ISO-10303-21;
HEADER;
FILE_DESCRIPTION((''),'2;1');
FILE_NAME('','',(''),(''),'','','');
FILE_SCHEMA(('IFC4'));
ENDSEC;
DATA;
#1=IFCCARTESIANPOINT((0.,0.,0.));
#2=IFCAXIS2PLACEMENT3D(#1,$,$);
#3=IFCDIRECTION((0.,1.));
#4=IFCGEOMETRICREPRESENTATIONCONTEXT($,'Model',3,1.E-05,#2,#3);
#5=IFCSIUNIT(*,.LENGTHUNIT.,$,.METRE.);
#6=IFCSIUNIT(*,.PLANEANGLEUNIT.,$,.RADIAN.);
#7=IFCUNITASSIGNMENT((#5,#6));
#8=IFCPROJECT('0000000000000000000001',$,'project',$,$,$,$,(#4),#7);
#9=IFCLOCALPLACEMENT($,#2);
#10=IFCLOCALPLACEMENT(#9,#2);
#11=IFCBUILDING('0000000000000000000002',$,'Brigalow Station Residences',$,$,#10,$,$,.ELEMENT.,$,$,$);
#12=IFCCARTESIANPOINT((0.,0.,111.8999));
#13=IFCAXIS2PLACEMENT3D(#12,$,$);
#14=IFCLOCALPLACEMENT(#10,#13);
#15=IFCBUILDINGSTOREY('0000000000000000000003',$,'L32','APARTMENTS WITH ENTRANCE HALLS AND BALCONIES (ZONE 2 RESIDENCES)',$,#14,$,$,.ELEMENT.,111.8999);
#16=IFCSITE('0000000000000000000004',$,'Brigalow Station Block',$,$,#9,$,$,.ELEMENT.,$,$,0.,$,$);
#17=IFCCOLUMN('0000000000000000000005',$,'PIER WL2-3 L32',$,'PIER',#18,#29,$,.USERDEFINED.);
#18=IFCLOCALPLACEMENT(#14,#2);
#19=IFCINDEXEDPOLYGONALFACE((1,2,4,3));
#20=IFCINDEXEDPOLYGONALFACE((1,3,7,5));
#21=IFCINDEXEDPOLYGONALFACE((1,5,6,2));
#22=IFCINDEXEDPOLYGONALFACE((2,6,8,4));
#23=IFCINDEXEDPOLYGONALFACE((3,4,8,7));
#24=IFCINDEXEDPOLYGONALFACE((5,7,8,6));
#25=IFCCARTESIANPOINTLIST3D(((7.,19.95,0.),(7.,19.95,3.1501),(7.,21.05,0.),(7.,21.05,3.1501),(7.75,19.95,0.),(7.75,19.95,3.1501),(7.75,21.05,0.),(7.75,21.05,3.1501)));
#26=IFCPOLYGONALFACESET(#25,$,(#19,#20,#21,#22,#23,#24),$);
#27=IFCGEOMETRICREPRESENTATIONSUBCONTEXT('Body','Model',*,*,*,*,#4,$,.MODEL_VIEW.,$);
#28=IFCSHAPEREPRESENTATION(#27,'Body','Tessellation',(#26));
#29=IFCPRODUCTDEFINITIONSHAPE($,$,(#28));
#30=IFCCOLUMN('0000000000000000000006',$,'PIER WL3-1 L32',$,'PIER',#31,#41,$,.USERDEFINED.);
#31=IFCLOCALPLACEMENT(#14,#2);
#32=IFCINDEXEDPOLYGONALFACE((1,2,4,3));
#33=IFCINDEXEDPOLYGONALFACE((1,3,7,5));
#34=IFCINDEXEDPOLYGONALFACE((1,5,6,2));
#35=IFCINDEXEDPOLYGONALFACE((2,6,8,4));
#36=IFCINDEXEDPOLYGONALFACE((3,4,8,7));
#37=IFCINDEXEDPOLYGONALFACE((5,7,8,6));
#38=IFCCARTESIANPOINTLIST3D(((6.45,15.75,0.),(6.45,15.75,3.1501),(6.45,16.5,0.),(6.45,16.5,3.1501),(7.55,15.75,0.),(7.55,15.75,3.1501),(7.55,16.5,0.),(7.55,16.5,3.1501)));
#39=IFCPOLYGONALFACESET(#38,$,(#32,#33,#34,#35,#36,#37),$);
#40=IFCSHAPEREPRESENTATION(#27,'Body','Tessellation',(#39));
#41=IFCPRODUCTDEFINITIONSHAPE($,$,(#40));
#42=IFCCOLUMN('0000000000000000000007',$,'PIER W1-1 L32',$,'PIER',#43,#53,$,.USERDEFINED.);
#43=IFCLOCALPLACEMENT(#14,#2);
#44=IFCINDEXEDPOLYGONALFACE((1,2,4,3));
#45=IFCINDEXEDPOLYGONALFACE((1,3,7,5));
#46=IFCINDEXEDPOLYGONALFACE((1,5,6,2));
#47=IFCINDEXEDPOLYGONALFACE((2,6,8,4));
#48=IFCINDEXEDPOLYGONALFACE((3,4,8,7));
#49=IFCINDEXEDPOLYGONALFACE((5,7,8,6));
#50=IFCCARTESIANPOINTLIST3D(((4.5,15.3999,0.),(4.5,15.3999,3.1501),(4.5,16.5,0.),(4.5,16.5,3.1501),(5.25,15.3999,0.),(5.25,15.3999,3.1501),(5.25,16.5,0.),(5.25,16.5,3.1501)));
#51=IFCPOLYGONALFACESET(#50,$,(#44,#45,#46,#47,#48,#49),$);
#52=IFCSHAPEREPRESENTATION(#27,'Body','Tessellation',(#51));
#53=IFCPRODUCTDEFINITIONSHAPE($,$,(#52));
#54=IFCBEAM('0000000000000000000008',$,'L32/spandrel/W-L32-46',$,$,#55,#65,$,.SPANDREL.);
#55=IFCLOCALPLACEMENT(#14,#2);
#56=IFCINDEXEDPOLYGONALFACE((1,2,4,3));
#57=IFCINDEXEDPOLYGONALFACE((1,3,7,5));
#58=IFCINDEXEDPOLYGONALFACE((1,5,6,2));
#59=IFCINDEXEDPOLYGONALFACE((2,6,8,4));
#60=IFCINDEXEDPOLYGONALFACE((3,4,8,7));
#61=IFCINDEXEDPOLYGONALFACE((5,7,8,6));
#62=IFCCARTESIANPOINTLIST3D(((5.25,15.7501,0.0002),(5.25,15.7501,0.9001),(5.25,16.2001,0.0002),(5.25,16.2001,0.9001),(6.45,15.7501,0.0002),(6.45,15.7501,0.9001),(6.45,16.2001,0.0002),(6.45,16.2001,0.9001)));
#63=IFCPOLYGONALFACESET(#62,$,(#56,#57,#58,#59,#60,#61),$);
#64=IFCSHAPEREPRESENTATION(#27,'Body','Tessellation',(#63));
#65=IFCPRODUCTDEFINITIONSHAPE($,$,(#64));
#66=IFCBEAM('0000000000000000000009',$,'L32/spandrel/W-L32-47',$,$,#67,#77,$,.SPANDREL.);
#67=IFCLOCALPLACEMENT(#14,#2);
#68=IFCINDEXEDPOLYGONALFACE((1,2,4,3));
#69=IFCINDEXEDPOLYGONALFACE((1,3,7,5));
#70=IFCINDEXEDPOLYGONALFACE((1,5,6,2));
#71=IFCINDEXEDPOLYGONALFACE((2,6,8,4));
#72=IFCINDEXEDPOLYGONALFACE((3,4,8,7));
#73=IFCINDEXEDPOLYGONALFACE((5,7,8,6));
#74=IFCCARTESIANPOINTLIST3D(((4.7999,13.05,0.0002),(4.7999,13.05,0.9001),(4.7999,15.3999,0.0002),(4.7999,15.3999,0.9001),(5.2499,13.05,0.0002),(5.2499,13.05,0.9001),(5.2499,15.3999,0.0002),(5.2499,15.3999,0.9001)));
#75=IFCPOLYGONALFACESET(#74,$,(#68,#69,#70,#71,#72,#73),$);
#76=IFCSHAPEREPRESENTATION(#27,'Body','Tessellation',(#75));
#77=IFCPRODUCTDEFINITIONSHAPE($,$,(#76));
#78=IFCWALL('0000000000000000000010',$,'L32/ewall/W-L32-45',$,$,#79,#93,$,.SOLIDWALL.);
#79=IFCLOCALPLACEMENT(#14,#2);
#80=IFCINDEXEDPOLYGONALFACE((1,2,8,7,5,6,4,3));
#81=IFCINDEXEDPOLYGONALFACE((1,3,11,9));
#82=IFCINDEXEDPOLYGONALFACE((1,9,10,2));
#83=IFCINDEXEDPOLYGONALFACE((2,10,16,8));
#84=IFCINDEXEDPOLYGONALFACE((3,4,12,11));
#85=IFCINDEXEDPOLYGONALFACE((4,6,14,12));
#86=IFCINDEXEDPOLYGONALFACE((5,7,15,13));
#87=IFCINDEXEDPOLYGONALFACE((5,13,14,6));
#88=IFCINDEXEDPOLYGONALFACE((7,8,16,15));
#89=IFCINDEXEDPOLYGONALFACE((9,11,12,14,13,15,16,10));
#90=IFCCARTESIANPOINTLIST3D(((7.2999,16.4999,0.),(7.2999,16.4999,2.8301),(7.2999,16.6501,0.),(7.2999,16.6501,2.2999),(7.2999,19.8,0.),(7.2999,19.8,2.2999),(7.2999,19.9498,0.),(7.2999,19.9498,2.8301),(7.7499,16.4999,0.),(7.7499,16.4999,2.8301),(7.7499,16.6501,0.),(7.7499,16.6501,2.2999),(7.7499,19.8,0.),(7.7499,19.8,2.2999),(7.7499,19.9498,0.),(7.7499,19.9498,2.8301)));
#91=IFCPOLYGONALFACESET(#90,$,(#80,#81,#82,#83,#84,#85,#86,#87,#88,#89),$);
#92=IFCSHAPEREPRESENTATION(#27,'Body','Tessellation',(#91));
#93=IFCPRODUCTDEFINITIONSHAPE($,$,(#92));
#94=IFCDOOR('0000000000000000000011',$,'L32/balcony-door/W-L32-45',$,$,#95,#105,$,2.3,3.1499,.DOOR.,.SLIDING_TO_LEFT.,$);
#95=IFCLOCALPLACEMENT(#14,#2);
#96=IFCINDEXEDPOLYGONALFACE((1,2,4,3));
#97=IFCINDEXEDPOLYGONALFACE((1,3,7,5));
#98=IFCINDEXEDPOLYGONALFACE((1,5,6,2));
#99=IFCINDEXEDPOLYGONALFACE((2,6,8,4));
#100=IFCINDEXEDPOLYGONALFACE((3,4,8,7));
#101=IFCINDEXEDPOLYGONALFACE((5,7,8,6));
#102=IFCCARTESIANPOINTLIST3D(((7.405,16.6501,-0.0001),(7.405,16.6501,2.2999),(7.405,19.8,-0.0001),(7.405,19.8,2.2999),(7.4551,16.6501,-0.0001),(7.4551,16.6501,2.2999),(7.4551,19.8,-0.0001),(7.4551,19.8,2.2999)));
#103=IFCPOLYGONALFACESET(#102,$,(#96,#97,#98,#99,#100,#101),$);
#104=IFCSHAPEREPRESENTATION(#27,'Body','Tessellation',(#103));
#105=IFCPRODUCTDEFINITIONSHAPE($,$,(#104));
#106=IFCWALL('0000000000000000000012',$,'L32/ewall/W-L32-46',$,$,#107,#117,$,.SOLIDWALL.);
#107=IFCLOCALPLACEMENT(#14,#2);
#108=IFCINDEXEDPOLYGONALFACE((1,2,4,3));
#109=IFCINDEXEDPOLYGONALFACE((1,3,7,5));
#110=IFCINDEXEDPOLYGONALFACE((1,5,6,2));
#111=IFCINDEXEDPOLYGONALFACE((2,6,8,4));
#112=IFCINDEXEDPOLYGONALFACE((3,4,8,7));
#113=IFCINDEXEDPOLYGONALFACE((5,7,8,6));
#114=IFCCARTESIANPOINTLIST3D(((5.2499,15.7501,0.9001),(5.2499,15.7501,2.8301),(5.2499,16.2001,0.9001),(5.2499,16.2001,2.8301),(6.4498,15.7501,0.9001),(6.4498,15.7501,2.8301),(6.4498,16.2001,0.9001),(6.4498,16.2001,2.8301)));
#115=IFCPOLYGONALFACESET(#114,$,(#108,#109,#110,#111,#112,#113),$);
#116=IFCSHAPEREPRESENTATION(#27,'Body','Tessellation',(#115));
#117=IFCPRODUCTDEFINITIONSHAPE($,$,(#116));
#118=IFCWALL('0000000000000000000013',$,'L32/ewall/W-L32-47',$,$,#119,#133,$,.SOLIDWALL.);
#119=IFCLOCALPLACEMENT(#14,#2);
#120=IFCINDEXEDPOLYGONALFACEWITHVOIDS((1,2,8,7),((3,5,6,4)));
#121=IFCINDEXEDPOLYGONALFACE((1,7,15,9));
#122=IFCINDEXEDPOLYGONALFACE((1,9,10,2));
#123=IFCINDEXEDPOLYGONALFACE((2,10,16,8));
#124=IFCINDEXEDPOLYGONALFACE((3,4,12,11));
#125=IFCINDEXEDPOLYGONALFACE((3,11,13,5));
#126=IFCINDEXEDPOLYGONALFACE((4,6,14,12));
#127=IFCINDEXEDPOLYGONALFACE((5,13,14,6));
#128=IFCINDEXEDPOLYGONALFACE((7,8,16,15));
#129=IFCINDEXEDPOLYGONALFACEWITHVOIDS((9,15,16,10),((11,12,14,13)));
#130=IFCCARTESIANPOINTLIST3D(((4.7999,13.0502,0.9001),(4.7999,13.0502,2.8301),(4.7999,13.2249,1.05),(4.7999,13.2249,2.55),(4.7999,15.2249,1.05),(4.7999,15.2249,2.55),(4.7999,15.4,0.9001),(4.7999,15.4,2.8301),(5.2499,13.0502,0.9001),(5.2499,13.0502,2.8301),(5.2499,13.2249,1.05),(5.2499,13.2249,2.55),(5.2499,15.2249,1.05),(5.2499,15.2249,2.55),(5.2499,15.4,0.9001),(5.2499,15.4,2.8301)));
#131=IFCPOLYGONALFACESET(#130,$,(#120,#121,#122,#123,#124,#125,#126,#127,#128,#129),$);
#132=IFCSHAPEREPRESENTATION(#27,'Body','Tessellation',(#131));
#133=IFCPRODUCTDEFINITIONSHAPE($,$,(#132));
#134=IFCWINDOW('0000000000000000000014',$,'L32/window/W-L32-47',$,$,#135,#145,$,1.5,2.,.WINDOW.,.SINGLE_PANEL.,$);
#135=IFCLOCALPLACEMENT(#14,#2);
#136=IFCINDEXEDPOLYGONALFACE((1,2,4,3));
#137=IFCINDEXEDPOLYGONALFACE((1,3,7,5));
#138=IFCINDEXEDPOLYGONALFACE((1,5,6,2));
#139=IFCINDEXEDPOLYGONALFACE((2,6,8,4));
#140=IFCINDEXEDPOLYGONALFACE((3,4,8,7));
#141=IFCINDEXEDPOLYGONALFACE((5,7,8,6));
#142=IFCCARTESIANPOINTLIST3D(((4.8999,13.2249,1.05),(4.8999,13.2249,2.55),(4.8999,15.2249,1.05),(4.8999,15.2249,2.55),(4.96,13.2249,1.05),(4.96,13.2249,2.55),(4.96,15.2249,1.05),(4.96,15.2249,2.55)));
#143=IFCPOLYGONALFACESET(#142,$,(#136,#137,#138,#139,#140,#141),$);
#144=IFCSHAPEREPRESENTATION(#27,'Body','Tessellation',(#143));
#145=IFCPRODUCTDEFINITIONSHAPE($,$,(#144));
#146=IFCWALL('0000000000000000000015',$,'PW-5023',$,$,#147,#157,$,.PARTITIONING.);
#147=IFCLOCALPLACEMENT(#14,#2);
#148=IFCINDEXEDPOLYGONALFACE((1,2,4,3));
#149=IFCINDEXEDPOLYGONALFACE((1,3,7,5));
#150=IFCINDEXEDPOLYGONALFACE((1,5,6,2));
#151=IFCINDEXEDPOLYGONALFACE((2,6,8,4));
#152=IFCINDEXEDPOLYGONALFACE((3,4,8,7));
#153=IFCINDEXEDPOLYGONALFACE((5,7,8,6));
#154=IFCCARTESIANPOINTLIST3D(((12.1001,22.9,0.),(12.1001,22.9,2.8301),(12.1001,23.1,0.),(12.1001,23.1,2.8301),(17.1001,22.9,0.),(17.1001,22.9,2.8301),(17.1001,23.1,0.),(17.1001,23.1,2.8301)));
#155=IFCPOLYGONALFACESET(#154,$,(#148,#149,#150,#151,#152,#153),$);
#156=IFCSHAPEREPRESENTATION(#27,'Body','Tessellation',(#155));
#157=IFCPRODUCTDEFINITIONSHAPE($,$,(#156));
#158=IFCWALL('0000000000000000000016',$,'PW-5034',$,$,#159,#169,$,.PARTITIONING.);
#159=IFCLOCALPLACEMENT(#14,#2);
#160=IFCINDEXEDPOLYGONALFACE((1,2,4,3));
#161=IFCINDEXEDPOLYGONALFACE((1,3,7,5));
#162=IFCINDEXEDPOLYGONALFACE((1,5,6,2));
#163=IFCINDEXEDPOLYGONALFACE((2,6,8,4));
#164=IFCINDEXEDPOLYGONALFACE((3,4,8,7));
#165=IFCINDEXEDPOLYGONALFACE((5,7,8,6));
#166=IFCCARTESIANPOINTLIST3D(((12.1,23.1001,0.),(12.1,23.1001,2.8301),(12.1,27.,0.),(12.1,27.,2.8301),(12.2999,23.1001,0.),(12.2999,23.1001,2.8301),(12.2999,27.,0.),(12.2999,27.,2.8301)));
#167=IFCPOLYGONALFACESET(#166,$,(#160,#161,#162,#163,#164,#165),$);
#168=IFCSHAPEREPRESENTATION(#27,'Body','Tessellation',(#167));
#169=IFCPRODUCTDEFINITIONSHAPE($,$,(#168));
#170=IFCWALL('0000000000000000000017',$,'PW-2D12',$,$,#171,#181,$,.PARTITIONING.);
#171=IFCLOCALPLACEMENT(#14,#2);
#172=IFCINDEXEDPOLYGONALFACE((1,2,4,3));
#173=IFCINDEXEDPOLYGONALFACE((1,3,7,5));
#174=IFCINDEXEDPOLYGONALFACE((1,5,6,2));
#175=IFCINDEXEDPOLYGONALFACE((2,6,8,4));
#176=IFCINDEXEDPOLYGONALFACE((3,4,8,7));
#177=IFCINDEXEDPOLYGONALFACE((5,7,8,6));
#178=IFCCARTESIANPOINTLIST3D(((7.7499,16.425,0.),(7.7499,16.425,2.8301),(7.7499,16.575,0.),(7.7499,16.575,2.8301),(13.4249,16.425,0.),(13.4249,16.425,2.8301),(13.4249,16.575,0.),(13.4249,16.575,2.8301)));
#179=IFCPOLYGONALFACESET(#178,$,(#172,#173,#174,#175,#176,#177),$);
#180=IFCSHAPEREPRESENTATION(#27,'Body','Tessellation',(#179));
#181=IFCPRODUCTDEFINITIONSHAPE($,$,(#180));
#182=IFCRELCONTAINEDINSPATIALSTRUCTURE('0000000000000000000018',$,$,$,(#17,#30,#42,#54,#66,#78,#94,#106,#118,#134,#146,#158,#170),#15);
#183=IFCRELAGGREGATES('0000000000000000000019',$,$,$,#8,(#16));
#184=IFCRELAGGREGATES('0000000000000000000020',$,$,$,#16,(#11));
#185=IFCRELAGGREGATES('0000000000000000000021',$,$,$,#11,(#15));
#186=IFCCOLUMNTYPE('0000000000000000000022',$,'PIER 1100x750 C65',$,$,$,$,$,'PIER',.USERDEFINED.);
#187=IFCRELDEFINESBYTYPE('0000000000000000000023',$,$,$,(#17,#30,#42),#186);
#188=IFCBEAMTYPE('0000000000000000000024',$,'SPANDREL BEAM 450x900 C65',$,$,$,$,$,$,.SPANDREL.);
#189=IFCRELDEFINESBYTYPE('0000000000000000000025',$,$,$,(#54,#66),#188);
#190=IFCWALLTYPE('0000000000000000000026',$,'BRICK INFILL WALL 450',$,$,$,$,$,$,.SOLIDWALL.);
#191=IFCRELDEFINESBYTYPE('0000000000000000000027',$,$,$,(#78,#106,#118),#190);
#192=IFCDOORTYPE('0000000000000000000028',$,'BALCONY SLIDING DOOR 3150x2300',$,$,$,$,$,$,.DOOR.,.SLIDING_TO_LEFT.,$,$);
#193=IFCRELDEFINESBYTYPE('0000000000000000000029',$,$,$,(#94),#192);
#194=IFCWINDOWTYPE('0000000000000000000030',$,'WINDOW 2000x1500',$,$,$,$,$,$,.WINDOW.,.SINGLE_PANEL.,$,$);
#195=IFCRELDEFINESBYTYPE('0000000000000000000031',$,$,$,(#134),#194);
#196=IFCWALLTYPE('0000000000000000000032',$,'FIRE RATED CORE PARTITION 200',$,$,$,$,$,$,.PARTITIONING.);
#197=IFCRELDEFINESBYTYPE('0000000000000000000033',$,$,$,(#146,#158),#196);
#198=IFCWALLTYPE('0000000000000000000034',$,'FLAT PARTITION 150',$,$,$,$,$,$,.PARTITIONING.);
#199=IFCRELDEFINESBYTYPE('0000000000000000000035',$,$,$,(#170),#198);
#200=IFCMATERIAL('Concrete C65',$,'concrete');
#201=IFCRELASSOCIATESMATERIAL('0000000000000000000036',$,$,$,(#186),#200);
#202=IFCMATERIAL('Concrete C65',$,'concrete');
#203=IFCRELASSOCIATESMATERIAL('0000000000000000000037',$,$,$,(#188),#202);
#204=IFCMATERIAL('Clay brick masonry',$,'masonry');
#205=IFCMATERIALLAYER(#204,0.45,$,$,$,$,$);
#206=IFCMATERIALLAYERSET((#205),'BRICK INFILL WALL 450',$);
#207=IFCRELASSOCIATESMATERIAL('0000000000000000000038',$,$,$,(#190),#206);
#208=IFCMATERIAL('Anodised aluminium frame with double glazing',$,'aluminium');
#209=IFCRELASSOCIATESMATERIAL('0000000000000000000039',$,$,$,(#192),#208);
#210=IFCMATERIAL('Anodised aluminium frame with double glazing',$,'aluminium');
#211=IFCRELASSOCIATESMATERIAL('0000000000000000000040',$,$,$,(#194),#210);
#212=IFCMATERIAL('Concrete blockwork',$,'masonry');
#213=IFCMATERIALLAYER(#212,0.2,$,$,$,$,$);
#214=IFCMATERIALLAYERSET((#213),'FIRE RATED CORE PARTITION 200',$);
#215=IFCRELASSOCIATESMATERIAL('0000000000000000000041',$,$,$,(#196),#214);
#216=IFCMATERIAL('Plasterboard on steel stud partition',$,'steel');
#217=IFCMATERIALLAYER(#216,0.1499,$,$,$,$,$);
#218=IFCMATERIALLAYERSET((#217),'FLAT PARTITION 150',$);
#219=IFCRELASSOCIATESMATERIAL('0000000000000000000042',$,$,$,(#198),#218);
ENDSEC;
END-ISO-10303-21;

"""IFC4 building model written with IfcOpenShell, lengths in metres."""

from ifc_helpers import new_model, si_unit, direction, frame, frame_2d, origin, origin_2d, place, context, subcontext, project, spatial, rectangle, extrude, material, layer, layer_set, material_profile, profile_set, type_object, element, fill, save


model = new_model("IFC4")

# Units and contexts
model_context = context("Model", 3, precision=1e-05, world=origin(), true_north=direction((0.0, 1.0)))
body_context = subcontext(model_context, "Body", "Model", "MODEL_VIEW")
ifc_project = project(units=[si_unit("LENGTHUNIT", "METRE"), si_unit("PLANEANGLEUNIT", "RADIAN")], contexts=[model_context])

# Site, building, storey
site_placement = place(None, origin())
site = spatial("IfcSite", under=ifc_project, at=site_placement, Name="Brigalow Station Block", CompositionType="ELEMENT", RefElevation=0.0)
building_placement = place(site_placement, origin())
building = spatial("IfcBuilding", under=site, at=building_placement, Name="Brigalow Station Residences", CompositionType="ELEMENT")
storey_placement = place(building_placement, frame((0.0, 0.0, 111.8999)))
storey = spatial("IfcBuildingStorey", under=building, at=storey_placement, Name="L32", Description="APARTMENTS WITH ENTRANCE HALLS AND BALCONIES (ZONE 2 RESIDENCES)", CompositionType="ELEMENT", Elevation=111.8999)

# Columns
ifc_material_1 = material(Name="Concrete C65", Category="concrete")
ifc_material_profile_1 = material_profile(ifc_material_1, rectangle(XDim=1.1001, YDim=0.75, at=origin_2d()), Name="RC1100x750")
ifc_profile_set_1 = profile_set([ifc_material_profile_1], Name="Concrete C65")
column_type = type_object("IfcColumnType", Name="PIER 1100x750 C65", ElementType="PIER", PredefinedType="USERDEFINED", material=ifc_profile_set_1)
for number, where, z_axis, x_axis, name in (
    (1, (7.375, 20.5, 0.0), (0.0, 0.0, 1.0), (0.0, -1.0, 0.0), "PIER WL2-3 L32"),
    (2, (7.0, 16.125, 0.0), (0.0, 0.0, 1.0), (-1.0, 0.0, 0.0), "PIER WL3-1 L32"),
    (3, (4.875, 15.95, 0.0), (0.0, 0.0, 1.0), (0.0, -1.0, 0.0), "PIER W1-1 L32"),
):
    element("IfcColumn", number, at=place(storey_placement, frame(where, z_axis=z_axis, x_axis=x_axis)), inside=storey, type_object=column_type, Name=name, ObjectType="PIER", PredefinedType="USERDEFINED", context=body_context, shape_type="SweptSolid", body=[
        extrude(rectangle(XDim=1.1001, YDim=0.75, at=origin_2d()), origin(), (0.0, 0.0, 1.0), 3.1501),
    ])

# Beams
ifc_material_2 = material(Name="Concrete C65", Category="concrete")
ifc_material_profile_2 = material_profile(ifc_material_2, rectangle(XDim=0.45, YDim=0.8999, at=origin_2d()), Name="RC450x900")
ifc_profile_set_2 = profile_set([ifc_material_profile_2], Name="Concrete C65")
beam_type = type_object("IfcBeamType", Name="SPANDREL BEAM 450x900 C65", PredefinedType="SPANDREL", material=ifc_profile_set_2)
beam_1_placement = place(storey_placement, frame((6.45, 15.9751, 0.4502), z_axis=(-1.0, 0.0, 0.0), x_axis=(0.0, -1.0, 0.0)))
element("IfcBeam", 4, at=beam_1_placement, inside=storey, type_object=beam_type, Name="L32/spandrel/W-L32-46", PredefinedType="SPANDREL", context=body_context, shape_type="SweptSolid", body=[
    extrude(rectangle(XDim=0.45, YDim=0.8999, at=origin_2d()), origin(), (0.0, 0.0, 1.0), 1.2),
])
beam_2_placement = place(storey_placement, frame((5.0249, 15.3999, 0.4502), z_axis=(0.0, -1.0, 0.0), x_axis=(1.0, 0.0, 0.0)))
element("IfcBeam", 5, at=beam_2_placement, inside=storey, type_object=beam_type, Name="L32/spandrel/W-L32-47", PredefinedType="SPANDREL", context=body_context, shape_type="SweptSolid", body=[
    extrude(rectangle(XDim=0.45, YDim=0.8999, at=origin_2d()), origin(), (0.0, 0.0, 1.0), 2.3499),
])

# Wall, opening, door
ifc_material_3 = material(Name="Clay brick masonry", Category="masonry")
ifc_layer_1 = layer(ifc_material_3, 0.45)
ifc_layer_set_1 = layer_set([ifc_layer_1], Name="BRICK INFILL WALL 450")
wall_type_1 = type_object("IfcWallType", Name="BRICK INFILL WALL 450", PredefinedType="SOLIDWALL", material=ifc_layer_set_1)
wall_1_placement = place(storey_placement, frame((7.5249, 19.95, 0.0), z_axis=(0.0, 0.0, 1.0), x_axis=(0.0, -1.0, 0.0)))
wall_1 = element("IfcWall", 6, at=wall_1_placement, inside=storey, type_object=wall_type_1, Name="L32/ewall/W-L32-45", PredefinedType="SOLIDWALL", context=body_context, shape_type="SweptSolid", body=[
    extrude(rectangle(XDim=3.45, YDim=0.45, at=frame_2d((1.7251, 0.0))), origin(), (0.0, 0.0, 1.0), 2.8301),
])
opening_1_placement = place(wall_1_placement, frame((0.1499, 0.0, 0.0)))
opening_1 = element("IfcOpeningElement", 7, at=opening_1_placement, cuts=wall_1, PredefinedType="OPENING", context=body_context, shape_type="SweptSolid", body=[
    extrude(rectangle(XDim=3.1499, YDim=2.3, at=frame_2d((1.575, 1.1499))), frame((0.0, 0.2349, 0.0), z_axis=(0.0, -1.0, 0.0), x_axis=(1.0, 0.0, 0.0)), (0.0, 0.0, 1.0), 0.47),
])
ifc_material_4 = material(Name="Anodised aluminium frame with double glazing", Category="aluminium")
door_type_1 = type_object("IfcDoorType", Name="BALCONY SLIDING DOOR 3150x2300", OperationType="SLIDING_TO_LEFT", PredefinedType="DOOR", material=ifc_material_4)
door_1_placement = place(opening_1_placement, origin())
door_1 = element("IfcDoor", 8, at=door_1_placement, inside=storey, type_object=door_type_1, Name="L32/balcony-door/W-L32-45", OperationType="SLIDING_TO_LEFT", OverallHeight=2.3, OverallWidth=3.1499, PredefinedType="DOOR", context=body_context, shape_type="SweptSolid", body=[
    extrude(rectangle(XDim=3.1499, YDim=2.3, at=frame_2d((1.575, 1.1499))), frame((0.0, -0.0698, 0.0), z_axis=(0.0, -1.0, 0.0), x_axis=(1.0, 0.0, 0.0)), (0.0, 0.0, 1.0), 0.05),
])
fill(opening_1, door_1)

# Wall
wall_2_placement = place(storey_placement, frame((6.45, 15.9751, 0.9001), z_axis=(0.0, 0.0, 1.0), x_axis=(-1.0, 0.0, 0.0)))
element("IfcWall", 9, at=wall_2_placement, inside=storey, type_object=wall_type_1, Name="L32/ewall/W-L32-46", PredefinedType="SOLIDWALL", context=body_context, shape_type="SweptSolid", body=[
    extrude(rectangle(XDim=1.2, YDim=0.45, at=frame_2d((0.6001, 0.0))), origin(), (0.0, 0.0, 1.0), 1.9299),
])

# Wall, opening, window
wall_3_placement = place(storey_placement, frame((5.0249, 15.3999, 0.9001), z_axis=(0.0, 0.0, 1.0), x_axis=(0.0, -1.0, 0.0)))
wall_3 = element("IfcWall", 10, at=wall_3_placement, inside=storey, type_object=wall_type_1, Name="L32/ewall/W-L32-47", PredefinedType="SOLIDWALL", context=body_context, shape_type="SweptSolid", body=[
    extrude(rectangle(XDim=2.3499, YDim=0.45, at=frame_2d((1.1748, 0.0))), origin(), (0.0, 0.0, 1.0), 1.9299),
])
opening_2_placement = place(wall_3_placement, frame((0.175, 0.0, 0.1499)))
opening_2 = element("IfcOpeningElement", 11, at=opening_2_placement, cuts=wall_3, PredefinedType="OPENING", context=body_context, shape_type="SweptSolid", body=[
    extrude(rectangle(XDim=2.0, YDim=1.5, at=frame_2d((1.0, 0.75))), frame((0.0, 0.2349, 0.0), z_axis=(0.0, -1.0, 0.0), x_axis=(1.0, 0.0, 0.0)), (0.0, 0.0, 1.0), 0.47),
])
ifc_material_5 = material(Name="Anodised aluminium frame with double glazing", Category="aluminium")
window_type = type_object("IfcWindowType", Name="WINDOW 2000x1500", PartitioningType="SINGLE_PANEL", PredefinedType="WINDOW", material=ifc_material_5)
window_placement = place(opening_2_placement, origin())
window = element("IfcWindow", 12, at=window_placement, inside=storey, type_object=window_type, Name="L32/window/W-L32-47", OverallHeight=1.5, OverallWidth=2.0, PartitioningType="SINGLE_PANEL", PredefinedType="WINDOW", context=body_context, shape_type="SweptSolid", body=[
    extrude(rectangle(XDim=2.0, YDim=1.5, at=frame_2d((1.0, 0.75))), frame((0.0, -0.0649, 0.0), z_axis=(0.0, -1.0, 0.0), x_axis=(1.0, 0.0, 0.0)), (0.0, 0.0, 1.0), 0.0601),
])
fill(opening_2, window)

# Walls
ifc_material_6 = material(Name="Concrete blockwork", Category="masonry")
ifc_layer_2 = layer(ifc_material_6, 0.2)
ifc_layer_set_2 = layer_set([ifc_layer_2], Name="FIRE RATED CORE PARTITION 200")
wall_type_2 = type_object("IfcWallType", Name="FIRE RATED CORE PARTITION 200", PredefinedType="PARTITIONING", material=ifc_layer_set_2)
wall_4_placement = place(storey_placement, frame((12.1001, 23.0, 0.0), z_axis=(0.0, 0.0, 1.0), x_axis=(1.0, 0.0, 0.0)))
element("IfcWall", 13, at=wall_4_placement, inside=storey, type_object=wall_type_2, Name="PW-5023", PredefinedType="PARTITIONING", context=body_context, shape_type="SweptSolid", body=[
    extrude(rectangle(XDim=5.0, YDim=0.2, at=frame_2d((2.5, 0.0))), origin(), (0.0, 0.0, 1.0), 2.8301),
])
wall_5_placement = place(storey_placement, frame((12.2, 23.1001, 0.0), z_axis=(0.0, 0.0, 1.0), x_axis=(0.0, 1.0, 0.0)))
element("IfcWall", 14, at=wall_5_placement, inside=storey, type_object=wall_type_2, Name="PW-5034", PredefinedType="PARTITIONING", context=body_context, shape_type="SweptSolid", body=[
    extrude(rectangle(XDim=3.8999, YDim=0.2, at=frame_2d((1.95, 0.0))), origin(), (0.0, 0.0, 1.0), 2.8301),
])
ifc_material_7 = material(Name="Plasterboard on steel stud partition", Category="steel")
ifc_layer_3 = layer(ifc_material_7, 0.1499)
ifc_layer_set_3 = layer_set([ifc_layer_3], Name="FLAT PARTITION 150")
wall_type_3 = type_object("IfcWallType", Name="FLAT PARTITION 150", PredefinedType="PARTITIONING", material=ifc_layer_set_3)
wall_6_placement = place(storey_placement, frame((7.75, 16.5, 0.0), z_axis=(0.0, 0.0, 1.0), x_axis=(1.0, 0.0, 0.0)))
element("IfcWall", 15, at=wall_6_placement, inside=storey, type_object=wall_type_3, Name="PW-2D12", PredefinedType="PARTITIONING", context=body_context, shape_type="SweptSolid", body=[
    extrude(rectangle(XDim=5.675, YDim=0.1499, at=frame_2d((2.8374, 0.0))), origin(), (0.0, 0.0, 1.0), 2.8301),
])

save(model, "model.ifc")
